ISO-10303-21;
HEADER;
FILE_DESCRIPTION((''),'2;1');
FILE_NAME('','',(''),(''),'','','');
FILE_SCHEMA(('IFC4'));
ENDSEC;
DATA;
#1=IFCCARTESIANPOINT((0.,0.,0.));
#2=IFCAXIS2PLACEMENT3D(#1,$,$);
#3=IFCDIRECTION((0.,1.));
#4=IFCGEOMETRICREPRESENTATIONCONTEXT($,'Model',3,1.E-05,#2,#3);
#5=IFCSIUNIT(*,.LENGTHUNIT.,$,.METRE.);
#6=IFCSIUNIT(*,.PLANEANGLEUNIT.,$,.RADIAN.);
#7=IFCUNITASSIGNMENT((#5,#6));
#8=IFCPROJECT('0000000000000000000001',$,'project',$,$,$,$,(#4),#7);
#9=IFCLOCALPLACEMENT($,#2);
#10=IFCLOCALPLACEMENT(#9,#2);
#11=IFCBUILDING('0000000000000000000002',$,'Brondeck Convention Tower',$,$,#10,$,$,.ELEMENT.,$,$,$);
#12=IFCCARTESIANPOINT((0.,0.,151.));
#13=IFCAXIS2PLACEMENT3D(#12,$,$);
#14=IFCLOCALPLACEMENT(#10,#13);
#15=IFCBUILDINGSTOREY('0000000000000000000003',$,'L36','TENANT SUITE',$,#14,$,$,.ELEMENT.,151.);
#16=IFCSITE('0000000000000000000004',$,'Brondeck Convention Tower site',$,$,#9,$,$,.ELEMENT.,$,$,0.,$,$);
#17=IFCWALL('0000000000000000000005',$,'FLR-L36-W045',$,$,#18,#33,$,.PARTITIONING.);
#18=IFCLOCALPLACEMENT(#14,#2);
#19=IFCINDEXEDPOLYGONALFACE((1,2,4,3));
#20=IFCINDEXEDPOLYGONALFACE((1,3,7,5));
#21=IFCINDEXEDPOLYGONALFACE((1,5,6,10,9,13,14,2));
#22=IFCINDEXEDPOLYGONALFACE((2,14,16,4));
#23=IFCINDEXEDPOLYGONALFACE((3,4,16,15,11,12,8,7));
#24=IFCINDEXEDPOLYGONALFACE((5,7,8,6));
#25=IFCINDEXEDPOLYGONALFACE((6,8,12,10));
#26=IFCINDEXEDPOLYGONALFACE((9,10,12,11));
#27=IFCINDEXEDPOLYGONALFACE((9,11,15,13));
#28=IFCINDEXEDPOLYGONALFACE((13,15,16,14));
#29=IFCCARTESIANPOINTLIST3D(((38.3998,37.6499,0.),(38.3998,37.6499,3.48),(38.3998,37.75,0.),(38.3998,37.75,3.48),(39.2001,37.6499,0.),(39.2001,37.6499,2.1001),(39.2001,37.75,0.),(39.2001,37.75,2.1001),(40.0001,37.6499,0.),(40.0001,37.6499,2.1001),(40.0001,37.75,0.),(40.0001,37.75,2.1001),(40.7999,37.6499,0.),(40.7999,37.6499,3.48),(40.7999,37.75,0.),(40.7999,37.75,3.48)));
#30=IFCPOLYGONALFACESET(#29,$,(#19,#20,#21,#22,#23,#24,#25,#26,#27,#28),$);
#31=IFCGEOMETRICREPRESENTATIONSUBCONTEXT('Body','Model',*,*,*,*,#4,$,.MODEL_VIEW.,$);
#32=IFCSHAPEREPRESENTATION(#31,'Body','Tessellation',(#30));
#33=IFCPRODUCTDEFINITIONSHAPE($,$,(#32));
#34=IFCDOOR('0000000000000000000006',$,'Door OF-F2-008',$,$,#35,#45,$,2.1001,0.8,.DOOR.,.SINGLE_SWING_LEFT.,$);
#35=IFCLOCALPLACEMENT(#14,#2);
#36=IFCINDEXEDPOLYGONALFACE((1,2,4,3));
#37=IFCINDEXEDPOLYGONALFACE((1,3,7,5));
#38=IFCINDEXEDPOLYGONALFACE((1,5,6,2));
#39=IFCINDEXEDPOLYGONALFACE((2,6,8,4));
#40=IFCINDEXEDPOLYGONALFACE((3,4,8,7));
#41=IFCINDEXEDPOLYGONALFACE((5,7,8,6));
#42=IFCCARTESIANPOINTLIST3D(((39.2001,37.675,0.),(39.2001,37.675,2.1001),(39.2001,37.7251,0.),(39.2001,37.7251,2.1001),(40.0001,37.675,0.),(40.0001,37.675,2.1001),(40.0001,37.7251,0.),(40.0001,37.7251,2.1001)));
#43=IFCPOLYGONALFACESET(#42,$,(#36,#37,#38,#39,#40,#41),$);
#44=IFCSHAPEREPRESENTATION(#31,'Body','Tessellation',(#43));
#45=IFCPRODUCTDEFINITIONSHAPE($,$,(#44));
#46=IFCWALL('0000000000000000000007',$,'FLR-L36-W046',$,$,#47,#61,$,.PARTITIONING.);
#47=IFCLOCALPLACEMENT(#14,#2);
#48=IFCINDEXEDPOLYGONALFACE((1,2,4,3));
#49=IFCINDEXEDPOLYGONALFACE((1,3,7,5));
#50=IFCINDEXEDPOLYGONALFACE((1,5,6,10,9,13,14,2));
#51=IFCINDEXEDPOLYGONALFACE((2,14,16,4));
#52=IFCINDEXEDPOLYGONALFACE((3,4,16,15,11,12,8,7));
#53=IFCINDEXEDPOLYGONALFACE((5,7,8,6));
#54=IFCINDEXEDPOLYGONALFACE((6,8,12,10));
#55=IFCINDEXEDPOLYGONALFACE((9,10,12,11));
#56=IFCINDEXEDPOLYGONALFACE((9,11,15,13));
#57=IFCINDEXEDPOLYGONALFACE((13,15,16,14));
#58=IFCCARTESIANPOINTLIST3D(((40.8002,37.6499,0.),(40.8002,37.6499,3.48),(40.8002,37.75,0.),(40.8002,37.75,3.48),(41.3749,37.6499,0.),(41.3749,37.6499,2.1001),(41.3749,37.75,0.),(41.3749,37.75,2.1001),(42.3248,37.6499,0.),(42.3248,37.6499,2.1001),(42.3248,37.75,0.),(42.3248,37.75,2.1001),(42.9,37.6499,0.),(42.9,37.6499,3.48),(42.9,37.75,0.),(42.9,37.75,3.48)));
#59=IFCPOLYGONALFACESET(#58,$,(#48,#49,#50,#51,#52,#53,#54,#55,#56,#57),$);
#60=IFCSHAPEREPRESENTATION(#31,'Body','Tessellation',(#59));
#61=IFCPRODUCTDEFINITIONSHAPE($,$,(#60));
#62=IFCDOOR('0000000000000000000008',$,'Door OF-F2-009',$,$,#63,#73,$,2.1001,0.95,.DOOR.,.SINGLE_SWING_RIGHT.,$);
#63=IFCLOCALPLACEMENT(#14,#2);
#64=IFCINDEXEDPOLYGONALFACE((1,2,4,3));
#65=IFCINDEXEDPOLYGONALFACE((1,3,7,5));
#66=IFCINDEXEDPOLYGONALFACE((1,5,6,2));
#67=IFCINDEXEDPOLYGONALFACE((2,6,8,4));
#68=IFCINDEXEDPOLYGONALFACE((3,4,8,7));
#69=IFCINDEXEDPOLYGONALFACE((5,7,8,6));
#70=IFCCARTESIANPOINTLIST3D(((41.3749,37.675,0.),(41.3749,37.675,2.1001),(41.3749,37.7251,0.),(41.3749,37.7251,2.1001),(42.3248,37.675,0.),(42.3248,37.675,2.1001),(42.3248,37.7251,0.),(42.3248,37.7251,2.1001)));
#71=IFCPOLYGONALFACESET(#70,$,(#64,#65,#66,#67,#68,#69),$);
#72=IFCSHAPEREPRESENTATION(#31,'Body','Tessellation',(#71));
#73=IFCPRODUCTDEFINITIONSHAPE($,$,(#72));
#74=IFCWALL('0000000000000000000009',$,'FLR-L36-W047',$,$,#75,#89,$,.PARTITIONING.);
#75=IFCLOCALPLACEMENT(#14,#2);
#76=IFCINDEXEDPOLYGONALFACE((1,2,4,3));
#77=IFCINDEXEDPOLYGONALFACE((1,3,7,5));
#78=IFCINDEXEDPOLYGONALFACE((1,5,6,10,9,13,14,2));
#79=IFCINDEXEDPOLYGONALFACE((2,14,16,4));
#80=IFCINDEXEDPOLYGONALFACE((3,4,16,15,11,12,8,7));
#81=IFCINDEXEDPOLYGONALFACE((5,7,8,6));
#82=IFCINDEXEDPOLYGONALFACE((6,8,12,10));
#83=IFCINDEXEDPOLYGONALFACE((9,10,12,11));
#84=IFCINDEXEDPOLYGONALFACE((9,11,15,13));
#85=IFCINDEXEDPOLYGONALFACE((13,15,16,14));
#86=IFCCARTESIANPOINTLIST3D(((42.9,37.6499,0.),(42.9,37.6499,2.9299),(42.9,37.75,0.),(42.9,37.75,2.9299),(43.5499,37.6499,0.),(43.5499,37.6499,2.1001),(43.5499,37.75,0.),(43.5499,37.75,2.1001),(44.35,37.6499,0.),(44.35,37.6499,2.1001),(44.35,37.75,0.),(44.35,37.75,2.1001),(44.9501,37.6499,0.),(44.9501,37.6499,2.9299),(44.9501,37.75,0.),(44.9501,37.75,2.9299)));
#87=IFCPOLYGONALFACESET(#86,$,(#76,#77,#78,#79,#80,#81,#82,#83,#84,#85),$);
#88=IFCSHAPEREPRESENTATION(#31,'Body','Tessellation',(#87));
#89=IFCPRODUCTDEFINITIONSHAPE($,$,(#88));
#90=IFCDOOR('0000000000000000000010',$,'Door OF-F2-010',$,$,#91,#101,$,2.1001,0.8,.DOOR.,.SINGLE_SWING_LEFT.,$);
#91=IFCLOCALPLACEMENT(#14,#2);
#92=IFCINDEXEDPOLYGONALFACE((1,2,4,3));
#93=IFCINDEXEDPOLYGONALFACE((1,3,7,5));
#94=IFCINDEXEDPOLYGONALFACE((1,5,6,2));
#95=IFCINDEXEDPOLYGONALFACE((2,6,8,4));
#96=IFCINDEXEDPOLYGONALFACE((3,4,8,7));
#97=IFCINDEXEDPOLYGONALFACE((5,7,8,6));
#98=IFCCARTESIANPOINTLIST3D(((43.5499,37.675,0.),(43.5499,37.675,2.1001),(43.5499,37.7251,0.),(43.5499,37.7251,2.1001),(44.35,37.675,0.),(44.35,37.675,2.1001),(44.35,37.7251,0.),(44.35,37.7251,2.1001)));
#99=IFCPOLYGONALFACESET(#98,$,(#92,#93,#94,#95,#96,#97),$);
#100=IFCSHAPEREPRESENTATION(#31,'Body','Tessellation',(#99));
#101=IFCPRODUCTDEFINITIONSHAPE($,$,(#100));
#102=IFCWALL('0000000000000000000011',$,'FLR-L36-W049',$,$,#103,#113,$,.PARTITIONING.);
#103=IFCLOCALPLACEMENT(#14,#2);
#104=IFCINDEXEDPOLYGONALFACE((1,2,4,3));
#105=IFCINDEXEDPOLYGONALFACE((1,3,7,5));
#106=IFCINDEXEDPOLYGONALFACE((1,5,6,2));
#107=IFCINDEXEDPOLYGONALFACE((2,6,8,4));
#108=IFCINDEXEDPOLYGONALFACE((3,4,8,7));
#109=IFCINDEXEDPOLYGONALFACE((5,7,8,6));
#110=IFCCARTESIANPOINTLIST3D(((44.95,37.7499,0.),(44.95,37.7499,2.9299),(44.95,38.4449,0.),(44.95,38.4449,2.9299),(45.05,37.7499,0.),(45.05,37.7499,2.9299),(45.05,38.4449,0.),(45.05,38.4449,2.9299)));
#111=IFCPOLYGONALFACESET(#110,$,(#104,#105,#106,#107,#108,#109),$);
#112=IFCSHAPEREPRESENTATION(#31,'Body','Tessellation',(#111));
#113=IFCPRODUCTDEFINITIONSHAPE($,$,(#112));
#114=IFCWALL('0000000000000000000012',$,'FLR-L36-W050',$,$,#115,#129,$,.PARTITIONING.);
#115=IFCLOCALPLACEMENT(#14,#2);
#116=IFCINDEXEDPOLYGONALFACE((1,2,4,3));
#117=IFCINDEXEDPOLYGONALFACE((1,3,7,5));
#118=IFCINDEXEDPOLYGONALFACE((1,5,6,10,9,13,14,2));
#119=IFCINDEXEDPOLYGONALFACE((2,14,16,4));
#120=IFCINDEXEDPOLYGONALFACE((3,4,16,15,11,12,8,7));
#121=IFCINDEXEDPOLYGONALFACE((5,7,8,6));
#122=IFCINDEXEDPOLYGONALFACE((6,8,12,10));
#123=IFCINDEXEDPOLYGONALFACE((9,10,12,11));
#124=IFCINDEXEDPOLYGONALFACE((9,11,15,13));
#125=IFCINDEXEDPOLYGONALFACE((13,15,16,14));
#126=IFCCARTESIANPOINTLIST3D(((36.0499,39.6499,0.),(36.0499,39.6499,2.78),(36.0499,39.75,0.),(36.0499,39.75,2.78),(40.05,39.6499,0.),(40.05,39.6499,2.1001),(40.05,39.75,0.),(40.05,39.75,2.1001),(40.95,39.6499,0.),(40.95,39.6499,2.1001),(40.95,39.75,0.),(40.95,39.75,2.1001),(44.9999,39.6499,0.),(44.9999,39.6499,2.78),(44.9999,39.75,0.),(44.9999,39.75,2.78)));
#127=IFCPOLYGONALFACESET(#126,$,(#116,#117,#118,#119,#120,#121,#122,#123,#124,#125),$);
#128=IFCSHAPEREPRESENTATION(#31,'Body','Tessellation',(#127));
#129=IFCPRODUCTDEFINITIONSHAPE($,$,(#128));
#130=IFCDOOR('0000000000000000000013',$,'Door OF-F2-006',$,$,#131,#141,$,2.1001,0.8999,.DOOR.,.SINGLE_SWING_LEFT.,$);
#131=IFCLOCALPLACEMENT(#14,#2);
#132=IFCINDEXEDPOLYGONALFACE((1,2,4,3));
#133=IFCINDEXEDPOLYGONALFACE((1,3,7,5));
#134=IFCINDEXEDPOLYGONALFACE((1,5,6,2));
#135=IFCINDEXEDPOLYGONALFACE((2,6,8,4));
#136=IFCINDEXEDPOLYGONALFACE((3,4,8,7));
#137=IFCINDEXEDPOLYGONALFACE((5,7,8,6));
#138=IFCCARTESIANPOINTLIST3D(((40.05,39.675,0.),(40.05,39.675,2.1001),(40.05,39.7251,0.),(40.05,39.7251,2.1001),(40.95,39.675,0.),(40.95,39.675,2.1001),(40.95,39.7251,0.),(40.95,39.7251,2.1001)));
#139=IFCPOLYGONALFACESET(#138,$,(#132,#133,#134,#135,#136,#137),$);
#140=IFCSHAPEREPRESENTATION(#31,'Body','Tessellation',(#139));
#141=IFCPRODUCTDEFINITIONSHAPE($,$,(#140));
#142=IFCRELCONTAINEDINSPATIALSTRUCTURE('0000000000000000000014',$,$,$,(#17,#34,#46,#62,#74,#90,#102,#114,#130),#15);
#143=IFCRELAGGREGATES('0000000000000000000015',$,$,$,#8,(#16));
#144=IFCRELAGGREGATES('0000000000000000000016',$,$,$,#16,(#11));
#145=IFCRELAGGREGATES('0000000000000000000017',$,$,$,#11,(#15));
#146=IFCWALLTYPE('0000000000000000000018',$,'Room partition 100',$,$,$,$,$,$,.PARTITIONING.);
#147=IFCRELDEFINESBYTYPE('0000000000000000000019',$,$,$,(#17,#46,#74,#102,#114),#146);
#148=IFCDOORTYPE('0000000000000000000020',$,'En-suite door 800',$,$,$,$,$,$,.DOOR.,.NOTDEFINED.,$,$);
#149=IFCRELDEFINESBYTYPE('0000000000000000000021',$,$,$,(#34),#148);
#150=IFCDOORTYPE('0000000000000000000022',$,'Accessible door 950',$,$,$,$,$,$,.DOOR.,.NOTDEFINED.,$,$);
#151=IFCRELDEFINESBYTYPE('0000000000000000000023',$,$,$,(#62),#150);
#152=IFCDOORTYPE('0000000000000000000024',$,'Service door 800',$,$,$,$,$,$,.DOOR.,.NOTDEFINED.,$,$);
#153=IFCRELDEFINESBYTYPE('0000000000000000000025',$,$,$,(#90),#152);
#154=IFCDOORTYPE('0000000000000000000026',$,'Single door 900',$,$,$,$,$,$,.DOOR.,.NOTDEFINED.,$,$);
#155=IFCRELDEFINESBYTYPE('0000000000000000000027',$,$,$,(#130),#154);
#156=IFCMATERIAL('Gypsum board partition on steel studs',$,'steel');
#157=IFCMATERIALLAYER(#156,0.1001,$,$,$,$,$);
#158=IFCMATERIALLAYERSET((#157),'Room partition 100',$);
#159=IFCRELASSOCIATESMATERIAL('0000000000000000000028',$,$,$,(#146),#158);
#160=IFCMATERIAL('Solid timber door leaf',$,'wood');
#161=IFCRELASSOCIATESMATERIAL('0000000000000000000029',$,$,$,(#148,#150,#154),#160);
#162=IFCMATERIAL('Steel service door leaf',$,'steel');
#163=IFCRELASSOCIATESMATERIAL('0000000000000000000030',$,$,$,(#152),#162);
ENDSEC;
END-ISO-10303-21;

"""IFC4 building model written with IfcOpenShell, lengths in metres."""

from ifc_helpers import new_model, si_unit, direction, frame, frame_2d, origin, place, context, subcontext, project, spatial, rectangle, extrude, material, layer, layer_set, type_object, element, fill, save


model = new_model("IFC4")

# Units and contexts
model_context = context("Model", 3, precision=1e-05, world=origin(), true_north=direction((0.0, 1.0)))
body_context = subcontext(model_context, "Body", "Model", "MODEL_VIEW")
ifc_project = project(units=[si_unit("LENGTHUNIT", "METRE"), si_unit("PLANEANGLEUNIT", "RADIAN")], contexts=[model_context])

# Site, building, storey
site_placement = place(None, origin())
site = spatial("IfcSite", under=ifc_project, at=site_placement, Name="Brondeck Convention Tower site", CompositionType="ELEMENT", RefElevation=0.0)
building_placement = place(site_placement, origin())
building = spatial("IfcBuilding", under=site, at=building_placement, Name="Brondeck Convention Tower", CompositionType="ELEMENT")
storey_placement = place(building_placement, frame((0.0, 0.0, 151.0)))
storey = spatial("IfcBuildingStorey", under=building, at=storey_placement, Name="L36", Description="TENANT SUITE", CompositionType="ELEMENT", Elevation=151.0)

# Shared definitions
ifc_material_1 = material(Name="Gypsum board partition on steel studs", Category="steel")
ifc_layer_1 = layer(ifc_material_1, 0.1001)
ifc_layer_set_1 = layer_set([ifc_layer_1], Name="Room partition 100")
wall_type_1 = type_object("IfcWallType", Name="Room partition 100", PredefinedType="PARTITIONING", material=ifc_layer_set_1)

# Walls, openings, doors
wall_1_placement = place(storey_placement, frame((40.8, 37.7, 0.0), z_axis=(0.0, 0.0, 1.0), x_axis=(-1.0, 0.0, 0.0)))
wall_1 = element("IfcWall", 1, at=wall_1_placement, inside=storey, type_object=wall_type_1, Name="FLR-L36-W045", PredefinedType="PARTITIONING", context=body_context, shape_type="SweptSolid", body=[
    extrude(rectangle(XDim=2.4001, YDim=0.1001, at=frame_2d((1.2002, 0.0))), origin(), (0.0, 0.0, 1.0), 3.48),
])
opening_1_placement = place(wall_1_placement, frame((0.8, 0.0, 0.0)))
opening_1 = element("IfcOpeningElement", 2, at=opening_1_placement, cuts=wall_1, PredefinedType="OPENING", context=body_context, shape_type="SweptSolid", body=[
    extrude(rectangle(XDim=0.8, YDim=2.1001, at=frame_2d((0.3999, 1.05))), frame((0.0, 0.0601, 0.0), z_axis=(0.0, -1.0, 0.0), x_axis=(1.0, 0.0, 0.0)), (0.0, 0.0, 1.0), 0.1201),
])
ifc_material_2 = material(Name="Solid timber door leaf", Category="wood")
door_type_1 = type_object("IfcDoorType", Name="En-suite door 800", OperationType="NOTDEFINED", PredefinedType="DOOR", material=ifc_material_2)
door_1_placement = place(opening_1_placement, origin())
door_1 = element("IfcDoor", 3, at=door_1_placement, inside=storey, type_object=door_type_1, Name="Door OF-F2-008", OperationType="SINGLE_SWING_LEFT", OverallHeight=2.1001, OverallWidth=0.8, PredefinedType="DOOR", context=body_context, shape_type="SweptSolid", body=[
    extrude(rectangle(XDim=0.8, YDim=2.1001, at=frame_2d((0.3999, 1.05))), frame((0.0, 0.0249, 0.0), z_axis=(0.0, -1.0, 0.0), x_axis=(1.0, 0.0, 0.0)), (0.0, 0.0, 1.0), 0.05),
])
fill(opening_1, door_1)
wall_2_placement = place(storey_placement, frame((42.8999, 37.7, 0.0), z_axis=(0.0, 0.0, 1.0), x_axis=(-1.0, 0.0, 0.0)))
wall_2 = element("IfcWall", 4, at=wall_2_placement, inside=storey, type_object=wall_type_1, Name="FLR-L36-W046", PredefinedType="PARTITIONING", context=body_context, shape_type="SweptSolid", body=[
    extrude(rectangle(XDim=2.0999, YDim=0.1001, at=frame_2d((1.0498, 0.0))), origin(), (0.0, 0.0, 1.0), 3.48),
])
opening_2_placement = place(wall_2_placement, frame((0.575, 0.0, 0.0)))
opening_2 = element("IfcOpeningElement", 5, at=opening_2_placement, cuts=wall_2, PredefinedType="OPENING", context=body_context, shape_type="SweptSolid", body=[
    extrude(rectangle(XDim=0.95, YDim=2.1001, at=frame_2d((0.4751, 1.05))), frame((0.0, 0.0601, 0.0), z_axis=(0.0, -1.0, 0.0), x_axis=(1.0, 0.0, 0.0)), (0.0, 0.0, 1.0), 0.1201),
])
door_type_2 = type_object("IfcDoorType", Name="Accessible door 950", OperationType="NOTDEFINED", PredefinedType="DOOR", material=ifc_material_2)
door_2_placement = place(opening_2_placement, origin())
door_2 = element("IfcDoor", 6, at=door_2_placement, inside=storey, type_object=door_type_2, Name="Door OF-F2-009", OperationType="SINGLE_SWING_RIGHT", OverallHeight=2.1001, OverallWidth=0.95, PredefinedType="DOOR", context=body_context, shape_type="SweptSolid", body=[
    extrude(rectangle(XDim=0.95, YDim=2.1001, at=frame_2d((0.4751, 1.05))), frame((0.0, 0.0249, 0.0), z_axis=(0.0, -1.0, 0.0), x_axis=(1.0, 0.0, 0.0)), (0.0, 0.0, 1.0), 0.05),
])
fill(opening_2, door_2)
wall_3_placement = place(storey_placement, frame((44.95, 37.7, 0.0), z_axis=(0.0, 0.0, 1.0), x_axis=(-1.0, 0.0, 0.0)))
wall_3 = element("IfcWall", 7, at=wall_3_placement, inside=storey, type_object=wall_type_1, Name="FLR-L36-W047", PredefinedType="PARTITIONING", context=body_context, shape_type="SweptSolid", body=[
    extrude(rectangle(XDim=2.05, YDim=0.1001, at=frame_2d((1.0249, 0.0))), origin(), (0.0, 0.0, 1.0), 2.9299),
])
opening_3_placement = place(wall_3_placement, frame((0.6001, 0.0, 0.0)))
opening_3 = element("IfcOpeningElement", 8, at=opening_3_placement, cuts=wall_3, PredefinedType="OPENING", context=body_context, shape_type="SweptSolid", body=[
    extrude(rectangle(XDim=0.8, YDim=2.1001, at=frame_2d((0.3999, 1.05))), frame((0.0, 0.0601, 0.0), z_axis=(0.0, -1.0, 0.0), x_axis=(1.0, 0.0, 0.0)), (0.0, 0.0, 1.0), 0.1201),
])
ifc_material_3 = material(Name="Steel service door leaf", Category="steel")
door_type_3 = type_object("IfcDoorType", Name="Service door 800", OperationType="NOTDEFINED", PredefinedType="DOOR", material=ifc_material_3)
door_3_placement = place(opening_3_placement, origin())
door_3 = element("IfcDoor", 9, at=door_3_placement, inside=storey, type_object=door_type_3, Name="Door OF-F2-010", OperationType="SINGLE_SWING_LEFT", OverallHeight=2.1001, OverallWidth=0.8, PredefinedType="DOOR", context=body_context, shape_type="SweptSolid", body=[
    extrude(rectangle(XDim=0.8, YDim=2.1001, at=frame_2d((0.3999, 1.05))), frame((0.0, 0.0249, 0.0), z_axis=(0.0, -1.0, 0.0), x_axis=(1.0, 0.0, 0.0)), (0.0, 0.0, 1.0), 0.05),
])
fill(opening_3, door_3)

# Wall
wall_4_placement = place(storey_placement, frame((45.0, 38.4451, 0.0), z_axis=(0.0, 0.0, 1.0), x_axis=(0.0, -1.0, 0.0)))
element("IfcWall", 10, at=wall_4_placement, inside=storey, type_object=wall_type_1, Name="FLR-L36-W049", PredefinedType="PARTITIONING", context=body_context, shape_type="SweptSolid", body=[
    extrude(rectangle(XDim=0.6951, YDim=0.1001, at=frame_2d((0.3477, 0.0))), origin(), (0.0, 0.0, 1.0), 2.9299),
])

# Wall, opening, door
wall_5_placement = place(storey_placement, frame((45.0, 39.7, 0.0), z_axis=(0.0, 0.0, 1.0), x_axis=(-1.0, 0.0, 0.0)))
wall_5 = element("IfcWall", 11, at=wall_5_placement, inside=storey, type_object=wall_type_1, Name="FLR-L36-W050", PredefinedType="PARTITIONING", context=body_context, shape_type="SweptSolid", body=[
    extrude(rectangle(XDim=8.95, YDim=0.1001, at=frame_2d((4.4751, 0.0))), origin(), (0.0, 0.0, 1.0), 2.78),
])
opening_4_placement = place(wall_5_placement, frame((4.05, 0.0, 0.0)))
opening_4 = element("IfcOpeningElement", 12, at=opening_4_placement, cuts=wall_5, PredefinedType="OPENING", context=body_context, shape_type="SweptSolid", body=[
    extrude(rectangle(XDim=0.8999, YDim=2.1001, at=frame_2d((0.45, 1.05))), frame((0.0, 0.0601, 0.0), z_axis=(0.0, -1.0, 0.0), x_axis=(1.0, 0.0, 0.0)), (0.0, 0.0, 1.0), 0.1201),
])
door_type_4 = type_object("IfcDoorType", Name="Single door 900", OperationType="NOTDEFINED", PredefinedType="DOOR", material=ifc_material_2)
door_4_placement = place(opening_4_placement, origin())
door_4 = element("IfcDoor", 13, at=door_4_placement, inside=storey, type_object=door_type_4, Name="Door OF-F2-006", OperationType="SINGLE_SWING_LEFT", OverallHeight=2.1001, OverallWidth=0.8999, PredefinedType="DOOR", context=body_context, shape_type="SweptSolid", body=[
    extrude(rectangle(XDim=0.8999, YDim=2.1001, at=frame_2d((0.45, 1.05))), frame((0.0, 0.0249, 0.0), z_axis=(0.0, -1.0, 0.0), x_axis=(1.0, 0.0, 0.0)), (0.0, 0.0, 1.0), 0.05),
])
fill(opening_4, door_4)

save(model, "model.ifc")
